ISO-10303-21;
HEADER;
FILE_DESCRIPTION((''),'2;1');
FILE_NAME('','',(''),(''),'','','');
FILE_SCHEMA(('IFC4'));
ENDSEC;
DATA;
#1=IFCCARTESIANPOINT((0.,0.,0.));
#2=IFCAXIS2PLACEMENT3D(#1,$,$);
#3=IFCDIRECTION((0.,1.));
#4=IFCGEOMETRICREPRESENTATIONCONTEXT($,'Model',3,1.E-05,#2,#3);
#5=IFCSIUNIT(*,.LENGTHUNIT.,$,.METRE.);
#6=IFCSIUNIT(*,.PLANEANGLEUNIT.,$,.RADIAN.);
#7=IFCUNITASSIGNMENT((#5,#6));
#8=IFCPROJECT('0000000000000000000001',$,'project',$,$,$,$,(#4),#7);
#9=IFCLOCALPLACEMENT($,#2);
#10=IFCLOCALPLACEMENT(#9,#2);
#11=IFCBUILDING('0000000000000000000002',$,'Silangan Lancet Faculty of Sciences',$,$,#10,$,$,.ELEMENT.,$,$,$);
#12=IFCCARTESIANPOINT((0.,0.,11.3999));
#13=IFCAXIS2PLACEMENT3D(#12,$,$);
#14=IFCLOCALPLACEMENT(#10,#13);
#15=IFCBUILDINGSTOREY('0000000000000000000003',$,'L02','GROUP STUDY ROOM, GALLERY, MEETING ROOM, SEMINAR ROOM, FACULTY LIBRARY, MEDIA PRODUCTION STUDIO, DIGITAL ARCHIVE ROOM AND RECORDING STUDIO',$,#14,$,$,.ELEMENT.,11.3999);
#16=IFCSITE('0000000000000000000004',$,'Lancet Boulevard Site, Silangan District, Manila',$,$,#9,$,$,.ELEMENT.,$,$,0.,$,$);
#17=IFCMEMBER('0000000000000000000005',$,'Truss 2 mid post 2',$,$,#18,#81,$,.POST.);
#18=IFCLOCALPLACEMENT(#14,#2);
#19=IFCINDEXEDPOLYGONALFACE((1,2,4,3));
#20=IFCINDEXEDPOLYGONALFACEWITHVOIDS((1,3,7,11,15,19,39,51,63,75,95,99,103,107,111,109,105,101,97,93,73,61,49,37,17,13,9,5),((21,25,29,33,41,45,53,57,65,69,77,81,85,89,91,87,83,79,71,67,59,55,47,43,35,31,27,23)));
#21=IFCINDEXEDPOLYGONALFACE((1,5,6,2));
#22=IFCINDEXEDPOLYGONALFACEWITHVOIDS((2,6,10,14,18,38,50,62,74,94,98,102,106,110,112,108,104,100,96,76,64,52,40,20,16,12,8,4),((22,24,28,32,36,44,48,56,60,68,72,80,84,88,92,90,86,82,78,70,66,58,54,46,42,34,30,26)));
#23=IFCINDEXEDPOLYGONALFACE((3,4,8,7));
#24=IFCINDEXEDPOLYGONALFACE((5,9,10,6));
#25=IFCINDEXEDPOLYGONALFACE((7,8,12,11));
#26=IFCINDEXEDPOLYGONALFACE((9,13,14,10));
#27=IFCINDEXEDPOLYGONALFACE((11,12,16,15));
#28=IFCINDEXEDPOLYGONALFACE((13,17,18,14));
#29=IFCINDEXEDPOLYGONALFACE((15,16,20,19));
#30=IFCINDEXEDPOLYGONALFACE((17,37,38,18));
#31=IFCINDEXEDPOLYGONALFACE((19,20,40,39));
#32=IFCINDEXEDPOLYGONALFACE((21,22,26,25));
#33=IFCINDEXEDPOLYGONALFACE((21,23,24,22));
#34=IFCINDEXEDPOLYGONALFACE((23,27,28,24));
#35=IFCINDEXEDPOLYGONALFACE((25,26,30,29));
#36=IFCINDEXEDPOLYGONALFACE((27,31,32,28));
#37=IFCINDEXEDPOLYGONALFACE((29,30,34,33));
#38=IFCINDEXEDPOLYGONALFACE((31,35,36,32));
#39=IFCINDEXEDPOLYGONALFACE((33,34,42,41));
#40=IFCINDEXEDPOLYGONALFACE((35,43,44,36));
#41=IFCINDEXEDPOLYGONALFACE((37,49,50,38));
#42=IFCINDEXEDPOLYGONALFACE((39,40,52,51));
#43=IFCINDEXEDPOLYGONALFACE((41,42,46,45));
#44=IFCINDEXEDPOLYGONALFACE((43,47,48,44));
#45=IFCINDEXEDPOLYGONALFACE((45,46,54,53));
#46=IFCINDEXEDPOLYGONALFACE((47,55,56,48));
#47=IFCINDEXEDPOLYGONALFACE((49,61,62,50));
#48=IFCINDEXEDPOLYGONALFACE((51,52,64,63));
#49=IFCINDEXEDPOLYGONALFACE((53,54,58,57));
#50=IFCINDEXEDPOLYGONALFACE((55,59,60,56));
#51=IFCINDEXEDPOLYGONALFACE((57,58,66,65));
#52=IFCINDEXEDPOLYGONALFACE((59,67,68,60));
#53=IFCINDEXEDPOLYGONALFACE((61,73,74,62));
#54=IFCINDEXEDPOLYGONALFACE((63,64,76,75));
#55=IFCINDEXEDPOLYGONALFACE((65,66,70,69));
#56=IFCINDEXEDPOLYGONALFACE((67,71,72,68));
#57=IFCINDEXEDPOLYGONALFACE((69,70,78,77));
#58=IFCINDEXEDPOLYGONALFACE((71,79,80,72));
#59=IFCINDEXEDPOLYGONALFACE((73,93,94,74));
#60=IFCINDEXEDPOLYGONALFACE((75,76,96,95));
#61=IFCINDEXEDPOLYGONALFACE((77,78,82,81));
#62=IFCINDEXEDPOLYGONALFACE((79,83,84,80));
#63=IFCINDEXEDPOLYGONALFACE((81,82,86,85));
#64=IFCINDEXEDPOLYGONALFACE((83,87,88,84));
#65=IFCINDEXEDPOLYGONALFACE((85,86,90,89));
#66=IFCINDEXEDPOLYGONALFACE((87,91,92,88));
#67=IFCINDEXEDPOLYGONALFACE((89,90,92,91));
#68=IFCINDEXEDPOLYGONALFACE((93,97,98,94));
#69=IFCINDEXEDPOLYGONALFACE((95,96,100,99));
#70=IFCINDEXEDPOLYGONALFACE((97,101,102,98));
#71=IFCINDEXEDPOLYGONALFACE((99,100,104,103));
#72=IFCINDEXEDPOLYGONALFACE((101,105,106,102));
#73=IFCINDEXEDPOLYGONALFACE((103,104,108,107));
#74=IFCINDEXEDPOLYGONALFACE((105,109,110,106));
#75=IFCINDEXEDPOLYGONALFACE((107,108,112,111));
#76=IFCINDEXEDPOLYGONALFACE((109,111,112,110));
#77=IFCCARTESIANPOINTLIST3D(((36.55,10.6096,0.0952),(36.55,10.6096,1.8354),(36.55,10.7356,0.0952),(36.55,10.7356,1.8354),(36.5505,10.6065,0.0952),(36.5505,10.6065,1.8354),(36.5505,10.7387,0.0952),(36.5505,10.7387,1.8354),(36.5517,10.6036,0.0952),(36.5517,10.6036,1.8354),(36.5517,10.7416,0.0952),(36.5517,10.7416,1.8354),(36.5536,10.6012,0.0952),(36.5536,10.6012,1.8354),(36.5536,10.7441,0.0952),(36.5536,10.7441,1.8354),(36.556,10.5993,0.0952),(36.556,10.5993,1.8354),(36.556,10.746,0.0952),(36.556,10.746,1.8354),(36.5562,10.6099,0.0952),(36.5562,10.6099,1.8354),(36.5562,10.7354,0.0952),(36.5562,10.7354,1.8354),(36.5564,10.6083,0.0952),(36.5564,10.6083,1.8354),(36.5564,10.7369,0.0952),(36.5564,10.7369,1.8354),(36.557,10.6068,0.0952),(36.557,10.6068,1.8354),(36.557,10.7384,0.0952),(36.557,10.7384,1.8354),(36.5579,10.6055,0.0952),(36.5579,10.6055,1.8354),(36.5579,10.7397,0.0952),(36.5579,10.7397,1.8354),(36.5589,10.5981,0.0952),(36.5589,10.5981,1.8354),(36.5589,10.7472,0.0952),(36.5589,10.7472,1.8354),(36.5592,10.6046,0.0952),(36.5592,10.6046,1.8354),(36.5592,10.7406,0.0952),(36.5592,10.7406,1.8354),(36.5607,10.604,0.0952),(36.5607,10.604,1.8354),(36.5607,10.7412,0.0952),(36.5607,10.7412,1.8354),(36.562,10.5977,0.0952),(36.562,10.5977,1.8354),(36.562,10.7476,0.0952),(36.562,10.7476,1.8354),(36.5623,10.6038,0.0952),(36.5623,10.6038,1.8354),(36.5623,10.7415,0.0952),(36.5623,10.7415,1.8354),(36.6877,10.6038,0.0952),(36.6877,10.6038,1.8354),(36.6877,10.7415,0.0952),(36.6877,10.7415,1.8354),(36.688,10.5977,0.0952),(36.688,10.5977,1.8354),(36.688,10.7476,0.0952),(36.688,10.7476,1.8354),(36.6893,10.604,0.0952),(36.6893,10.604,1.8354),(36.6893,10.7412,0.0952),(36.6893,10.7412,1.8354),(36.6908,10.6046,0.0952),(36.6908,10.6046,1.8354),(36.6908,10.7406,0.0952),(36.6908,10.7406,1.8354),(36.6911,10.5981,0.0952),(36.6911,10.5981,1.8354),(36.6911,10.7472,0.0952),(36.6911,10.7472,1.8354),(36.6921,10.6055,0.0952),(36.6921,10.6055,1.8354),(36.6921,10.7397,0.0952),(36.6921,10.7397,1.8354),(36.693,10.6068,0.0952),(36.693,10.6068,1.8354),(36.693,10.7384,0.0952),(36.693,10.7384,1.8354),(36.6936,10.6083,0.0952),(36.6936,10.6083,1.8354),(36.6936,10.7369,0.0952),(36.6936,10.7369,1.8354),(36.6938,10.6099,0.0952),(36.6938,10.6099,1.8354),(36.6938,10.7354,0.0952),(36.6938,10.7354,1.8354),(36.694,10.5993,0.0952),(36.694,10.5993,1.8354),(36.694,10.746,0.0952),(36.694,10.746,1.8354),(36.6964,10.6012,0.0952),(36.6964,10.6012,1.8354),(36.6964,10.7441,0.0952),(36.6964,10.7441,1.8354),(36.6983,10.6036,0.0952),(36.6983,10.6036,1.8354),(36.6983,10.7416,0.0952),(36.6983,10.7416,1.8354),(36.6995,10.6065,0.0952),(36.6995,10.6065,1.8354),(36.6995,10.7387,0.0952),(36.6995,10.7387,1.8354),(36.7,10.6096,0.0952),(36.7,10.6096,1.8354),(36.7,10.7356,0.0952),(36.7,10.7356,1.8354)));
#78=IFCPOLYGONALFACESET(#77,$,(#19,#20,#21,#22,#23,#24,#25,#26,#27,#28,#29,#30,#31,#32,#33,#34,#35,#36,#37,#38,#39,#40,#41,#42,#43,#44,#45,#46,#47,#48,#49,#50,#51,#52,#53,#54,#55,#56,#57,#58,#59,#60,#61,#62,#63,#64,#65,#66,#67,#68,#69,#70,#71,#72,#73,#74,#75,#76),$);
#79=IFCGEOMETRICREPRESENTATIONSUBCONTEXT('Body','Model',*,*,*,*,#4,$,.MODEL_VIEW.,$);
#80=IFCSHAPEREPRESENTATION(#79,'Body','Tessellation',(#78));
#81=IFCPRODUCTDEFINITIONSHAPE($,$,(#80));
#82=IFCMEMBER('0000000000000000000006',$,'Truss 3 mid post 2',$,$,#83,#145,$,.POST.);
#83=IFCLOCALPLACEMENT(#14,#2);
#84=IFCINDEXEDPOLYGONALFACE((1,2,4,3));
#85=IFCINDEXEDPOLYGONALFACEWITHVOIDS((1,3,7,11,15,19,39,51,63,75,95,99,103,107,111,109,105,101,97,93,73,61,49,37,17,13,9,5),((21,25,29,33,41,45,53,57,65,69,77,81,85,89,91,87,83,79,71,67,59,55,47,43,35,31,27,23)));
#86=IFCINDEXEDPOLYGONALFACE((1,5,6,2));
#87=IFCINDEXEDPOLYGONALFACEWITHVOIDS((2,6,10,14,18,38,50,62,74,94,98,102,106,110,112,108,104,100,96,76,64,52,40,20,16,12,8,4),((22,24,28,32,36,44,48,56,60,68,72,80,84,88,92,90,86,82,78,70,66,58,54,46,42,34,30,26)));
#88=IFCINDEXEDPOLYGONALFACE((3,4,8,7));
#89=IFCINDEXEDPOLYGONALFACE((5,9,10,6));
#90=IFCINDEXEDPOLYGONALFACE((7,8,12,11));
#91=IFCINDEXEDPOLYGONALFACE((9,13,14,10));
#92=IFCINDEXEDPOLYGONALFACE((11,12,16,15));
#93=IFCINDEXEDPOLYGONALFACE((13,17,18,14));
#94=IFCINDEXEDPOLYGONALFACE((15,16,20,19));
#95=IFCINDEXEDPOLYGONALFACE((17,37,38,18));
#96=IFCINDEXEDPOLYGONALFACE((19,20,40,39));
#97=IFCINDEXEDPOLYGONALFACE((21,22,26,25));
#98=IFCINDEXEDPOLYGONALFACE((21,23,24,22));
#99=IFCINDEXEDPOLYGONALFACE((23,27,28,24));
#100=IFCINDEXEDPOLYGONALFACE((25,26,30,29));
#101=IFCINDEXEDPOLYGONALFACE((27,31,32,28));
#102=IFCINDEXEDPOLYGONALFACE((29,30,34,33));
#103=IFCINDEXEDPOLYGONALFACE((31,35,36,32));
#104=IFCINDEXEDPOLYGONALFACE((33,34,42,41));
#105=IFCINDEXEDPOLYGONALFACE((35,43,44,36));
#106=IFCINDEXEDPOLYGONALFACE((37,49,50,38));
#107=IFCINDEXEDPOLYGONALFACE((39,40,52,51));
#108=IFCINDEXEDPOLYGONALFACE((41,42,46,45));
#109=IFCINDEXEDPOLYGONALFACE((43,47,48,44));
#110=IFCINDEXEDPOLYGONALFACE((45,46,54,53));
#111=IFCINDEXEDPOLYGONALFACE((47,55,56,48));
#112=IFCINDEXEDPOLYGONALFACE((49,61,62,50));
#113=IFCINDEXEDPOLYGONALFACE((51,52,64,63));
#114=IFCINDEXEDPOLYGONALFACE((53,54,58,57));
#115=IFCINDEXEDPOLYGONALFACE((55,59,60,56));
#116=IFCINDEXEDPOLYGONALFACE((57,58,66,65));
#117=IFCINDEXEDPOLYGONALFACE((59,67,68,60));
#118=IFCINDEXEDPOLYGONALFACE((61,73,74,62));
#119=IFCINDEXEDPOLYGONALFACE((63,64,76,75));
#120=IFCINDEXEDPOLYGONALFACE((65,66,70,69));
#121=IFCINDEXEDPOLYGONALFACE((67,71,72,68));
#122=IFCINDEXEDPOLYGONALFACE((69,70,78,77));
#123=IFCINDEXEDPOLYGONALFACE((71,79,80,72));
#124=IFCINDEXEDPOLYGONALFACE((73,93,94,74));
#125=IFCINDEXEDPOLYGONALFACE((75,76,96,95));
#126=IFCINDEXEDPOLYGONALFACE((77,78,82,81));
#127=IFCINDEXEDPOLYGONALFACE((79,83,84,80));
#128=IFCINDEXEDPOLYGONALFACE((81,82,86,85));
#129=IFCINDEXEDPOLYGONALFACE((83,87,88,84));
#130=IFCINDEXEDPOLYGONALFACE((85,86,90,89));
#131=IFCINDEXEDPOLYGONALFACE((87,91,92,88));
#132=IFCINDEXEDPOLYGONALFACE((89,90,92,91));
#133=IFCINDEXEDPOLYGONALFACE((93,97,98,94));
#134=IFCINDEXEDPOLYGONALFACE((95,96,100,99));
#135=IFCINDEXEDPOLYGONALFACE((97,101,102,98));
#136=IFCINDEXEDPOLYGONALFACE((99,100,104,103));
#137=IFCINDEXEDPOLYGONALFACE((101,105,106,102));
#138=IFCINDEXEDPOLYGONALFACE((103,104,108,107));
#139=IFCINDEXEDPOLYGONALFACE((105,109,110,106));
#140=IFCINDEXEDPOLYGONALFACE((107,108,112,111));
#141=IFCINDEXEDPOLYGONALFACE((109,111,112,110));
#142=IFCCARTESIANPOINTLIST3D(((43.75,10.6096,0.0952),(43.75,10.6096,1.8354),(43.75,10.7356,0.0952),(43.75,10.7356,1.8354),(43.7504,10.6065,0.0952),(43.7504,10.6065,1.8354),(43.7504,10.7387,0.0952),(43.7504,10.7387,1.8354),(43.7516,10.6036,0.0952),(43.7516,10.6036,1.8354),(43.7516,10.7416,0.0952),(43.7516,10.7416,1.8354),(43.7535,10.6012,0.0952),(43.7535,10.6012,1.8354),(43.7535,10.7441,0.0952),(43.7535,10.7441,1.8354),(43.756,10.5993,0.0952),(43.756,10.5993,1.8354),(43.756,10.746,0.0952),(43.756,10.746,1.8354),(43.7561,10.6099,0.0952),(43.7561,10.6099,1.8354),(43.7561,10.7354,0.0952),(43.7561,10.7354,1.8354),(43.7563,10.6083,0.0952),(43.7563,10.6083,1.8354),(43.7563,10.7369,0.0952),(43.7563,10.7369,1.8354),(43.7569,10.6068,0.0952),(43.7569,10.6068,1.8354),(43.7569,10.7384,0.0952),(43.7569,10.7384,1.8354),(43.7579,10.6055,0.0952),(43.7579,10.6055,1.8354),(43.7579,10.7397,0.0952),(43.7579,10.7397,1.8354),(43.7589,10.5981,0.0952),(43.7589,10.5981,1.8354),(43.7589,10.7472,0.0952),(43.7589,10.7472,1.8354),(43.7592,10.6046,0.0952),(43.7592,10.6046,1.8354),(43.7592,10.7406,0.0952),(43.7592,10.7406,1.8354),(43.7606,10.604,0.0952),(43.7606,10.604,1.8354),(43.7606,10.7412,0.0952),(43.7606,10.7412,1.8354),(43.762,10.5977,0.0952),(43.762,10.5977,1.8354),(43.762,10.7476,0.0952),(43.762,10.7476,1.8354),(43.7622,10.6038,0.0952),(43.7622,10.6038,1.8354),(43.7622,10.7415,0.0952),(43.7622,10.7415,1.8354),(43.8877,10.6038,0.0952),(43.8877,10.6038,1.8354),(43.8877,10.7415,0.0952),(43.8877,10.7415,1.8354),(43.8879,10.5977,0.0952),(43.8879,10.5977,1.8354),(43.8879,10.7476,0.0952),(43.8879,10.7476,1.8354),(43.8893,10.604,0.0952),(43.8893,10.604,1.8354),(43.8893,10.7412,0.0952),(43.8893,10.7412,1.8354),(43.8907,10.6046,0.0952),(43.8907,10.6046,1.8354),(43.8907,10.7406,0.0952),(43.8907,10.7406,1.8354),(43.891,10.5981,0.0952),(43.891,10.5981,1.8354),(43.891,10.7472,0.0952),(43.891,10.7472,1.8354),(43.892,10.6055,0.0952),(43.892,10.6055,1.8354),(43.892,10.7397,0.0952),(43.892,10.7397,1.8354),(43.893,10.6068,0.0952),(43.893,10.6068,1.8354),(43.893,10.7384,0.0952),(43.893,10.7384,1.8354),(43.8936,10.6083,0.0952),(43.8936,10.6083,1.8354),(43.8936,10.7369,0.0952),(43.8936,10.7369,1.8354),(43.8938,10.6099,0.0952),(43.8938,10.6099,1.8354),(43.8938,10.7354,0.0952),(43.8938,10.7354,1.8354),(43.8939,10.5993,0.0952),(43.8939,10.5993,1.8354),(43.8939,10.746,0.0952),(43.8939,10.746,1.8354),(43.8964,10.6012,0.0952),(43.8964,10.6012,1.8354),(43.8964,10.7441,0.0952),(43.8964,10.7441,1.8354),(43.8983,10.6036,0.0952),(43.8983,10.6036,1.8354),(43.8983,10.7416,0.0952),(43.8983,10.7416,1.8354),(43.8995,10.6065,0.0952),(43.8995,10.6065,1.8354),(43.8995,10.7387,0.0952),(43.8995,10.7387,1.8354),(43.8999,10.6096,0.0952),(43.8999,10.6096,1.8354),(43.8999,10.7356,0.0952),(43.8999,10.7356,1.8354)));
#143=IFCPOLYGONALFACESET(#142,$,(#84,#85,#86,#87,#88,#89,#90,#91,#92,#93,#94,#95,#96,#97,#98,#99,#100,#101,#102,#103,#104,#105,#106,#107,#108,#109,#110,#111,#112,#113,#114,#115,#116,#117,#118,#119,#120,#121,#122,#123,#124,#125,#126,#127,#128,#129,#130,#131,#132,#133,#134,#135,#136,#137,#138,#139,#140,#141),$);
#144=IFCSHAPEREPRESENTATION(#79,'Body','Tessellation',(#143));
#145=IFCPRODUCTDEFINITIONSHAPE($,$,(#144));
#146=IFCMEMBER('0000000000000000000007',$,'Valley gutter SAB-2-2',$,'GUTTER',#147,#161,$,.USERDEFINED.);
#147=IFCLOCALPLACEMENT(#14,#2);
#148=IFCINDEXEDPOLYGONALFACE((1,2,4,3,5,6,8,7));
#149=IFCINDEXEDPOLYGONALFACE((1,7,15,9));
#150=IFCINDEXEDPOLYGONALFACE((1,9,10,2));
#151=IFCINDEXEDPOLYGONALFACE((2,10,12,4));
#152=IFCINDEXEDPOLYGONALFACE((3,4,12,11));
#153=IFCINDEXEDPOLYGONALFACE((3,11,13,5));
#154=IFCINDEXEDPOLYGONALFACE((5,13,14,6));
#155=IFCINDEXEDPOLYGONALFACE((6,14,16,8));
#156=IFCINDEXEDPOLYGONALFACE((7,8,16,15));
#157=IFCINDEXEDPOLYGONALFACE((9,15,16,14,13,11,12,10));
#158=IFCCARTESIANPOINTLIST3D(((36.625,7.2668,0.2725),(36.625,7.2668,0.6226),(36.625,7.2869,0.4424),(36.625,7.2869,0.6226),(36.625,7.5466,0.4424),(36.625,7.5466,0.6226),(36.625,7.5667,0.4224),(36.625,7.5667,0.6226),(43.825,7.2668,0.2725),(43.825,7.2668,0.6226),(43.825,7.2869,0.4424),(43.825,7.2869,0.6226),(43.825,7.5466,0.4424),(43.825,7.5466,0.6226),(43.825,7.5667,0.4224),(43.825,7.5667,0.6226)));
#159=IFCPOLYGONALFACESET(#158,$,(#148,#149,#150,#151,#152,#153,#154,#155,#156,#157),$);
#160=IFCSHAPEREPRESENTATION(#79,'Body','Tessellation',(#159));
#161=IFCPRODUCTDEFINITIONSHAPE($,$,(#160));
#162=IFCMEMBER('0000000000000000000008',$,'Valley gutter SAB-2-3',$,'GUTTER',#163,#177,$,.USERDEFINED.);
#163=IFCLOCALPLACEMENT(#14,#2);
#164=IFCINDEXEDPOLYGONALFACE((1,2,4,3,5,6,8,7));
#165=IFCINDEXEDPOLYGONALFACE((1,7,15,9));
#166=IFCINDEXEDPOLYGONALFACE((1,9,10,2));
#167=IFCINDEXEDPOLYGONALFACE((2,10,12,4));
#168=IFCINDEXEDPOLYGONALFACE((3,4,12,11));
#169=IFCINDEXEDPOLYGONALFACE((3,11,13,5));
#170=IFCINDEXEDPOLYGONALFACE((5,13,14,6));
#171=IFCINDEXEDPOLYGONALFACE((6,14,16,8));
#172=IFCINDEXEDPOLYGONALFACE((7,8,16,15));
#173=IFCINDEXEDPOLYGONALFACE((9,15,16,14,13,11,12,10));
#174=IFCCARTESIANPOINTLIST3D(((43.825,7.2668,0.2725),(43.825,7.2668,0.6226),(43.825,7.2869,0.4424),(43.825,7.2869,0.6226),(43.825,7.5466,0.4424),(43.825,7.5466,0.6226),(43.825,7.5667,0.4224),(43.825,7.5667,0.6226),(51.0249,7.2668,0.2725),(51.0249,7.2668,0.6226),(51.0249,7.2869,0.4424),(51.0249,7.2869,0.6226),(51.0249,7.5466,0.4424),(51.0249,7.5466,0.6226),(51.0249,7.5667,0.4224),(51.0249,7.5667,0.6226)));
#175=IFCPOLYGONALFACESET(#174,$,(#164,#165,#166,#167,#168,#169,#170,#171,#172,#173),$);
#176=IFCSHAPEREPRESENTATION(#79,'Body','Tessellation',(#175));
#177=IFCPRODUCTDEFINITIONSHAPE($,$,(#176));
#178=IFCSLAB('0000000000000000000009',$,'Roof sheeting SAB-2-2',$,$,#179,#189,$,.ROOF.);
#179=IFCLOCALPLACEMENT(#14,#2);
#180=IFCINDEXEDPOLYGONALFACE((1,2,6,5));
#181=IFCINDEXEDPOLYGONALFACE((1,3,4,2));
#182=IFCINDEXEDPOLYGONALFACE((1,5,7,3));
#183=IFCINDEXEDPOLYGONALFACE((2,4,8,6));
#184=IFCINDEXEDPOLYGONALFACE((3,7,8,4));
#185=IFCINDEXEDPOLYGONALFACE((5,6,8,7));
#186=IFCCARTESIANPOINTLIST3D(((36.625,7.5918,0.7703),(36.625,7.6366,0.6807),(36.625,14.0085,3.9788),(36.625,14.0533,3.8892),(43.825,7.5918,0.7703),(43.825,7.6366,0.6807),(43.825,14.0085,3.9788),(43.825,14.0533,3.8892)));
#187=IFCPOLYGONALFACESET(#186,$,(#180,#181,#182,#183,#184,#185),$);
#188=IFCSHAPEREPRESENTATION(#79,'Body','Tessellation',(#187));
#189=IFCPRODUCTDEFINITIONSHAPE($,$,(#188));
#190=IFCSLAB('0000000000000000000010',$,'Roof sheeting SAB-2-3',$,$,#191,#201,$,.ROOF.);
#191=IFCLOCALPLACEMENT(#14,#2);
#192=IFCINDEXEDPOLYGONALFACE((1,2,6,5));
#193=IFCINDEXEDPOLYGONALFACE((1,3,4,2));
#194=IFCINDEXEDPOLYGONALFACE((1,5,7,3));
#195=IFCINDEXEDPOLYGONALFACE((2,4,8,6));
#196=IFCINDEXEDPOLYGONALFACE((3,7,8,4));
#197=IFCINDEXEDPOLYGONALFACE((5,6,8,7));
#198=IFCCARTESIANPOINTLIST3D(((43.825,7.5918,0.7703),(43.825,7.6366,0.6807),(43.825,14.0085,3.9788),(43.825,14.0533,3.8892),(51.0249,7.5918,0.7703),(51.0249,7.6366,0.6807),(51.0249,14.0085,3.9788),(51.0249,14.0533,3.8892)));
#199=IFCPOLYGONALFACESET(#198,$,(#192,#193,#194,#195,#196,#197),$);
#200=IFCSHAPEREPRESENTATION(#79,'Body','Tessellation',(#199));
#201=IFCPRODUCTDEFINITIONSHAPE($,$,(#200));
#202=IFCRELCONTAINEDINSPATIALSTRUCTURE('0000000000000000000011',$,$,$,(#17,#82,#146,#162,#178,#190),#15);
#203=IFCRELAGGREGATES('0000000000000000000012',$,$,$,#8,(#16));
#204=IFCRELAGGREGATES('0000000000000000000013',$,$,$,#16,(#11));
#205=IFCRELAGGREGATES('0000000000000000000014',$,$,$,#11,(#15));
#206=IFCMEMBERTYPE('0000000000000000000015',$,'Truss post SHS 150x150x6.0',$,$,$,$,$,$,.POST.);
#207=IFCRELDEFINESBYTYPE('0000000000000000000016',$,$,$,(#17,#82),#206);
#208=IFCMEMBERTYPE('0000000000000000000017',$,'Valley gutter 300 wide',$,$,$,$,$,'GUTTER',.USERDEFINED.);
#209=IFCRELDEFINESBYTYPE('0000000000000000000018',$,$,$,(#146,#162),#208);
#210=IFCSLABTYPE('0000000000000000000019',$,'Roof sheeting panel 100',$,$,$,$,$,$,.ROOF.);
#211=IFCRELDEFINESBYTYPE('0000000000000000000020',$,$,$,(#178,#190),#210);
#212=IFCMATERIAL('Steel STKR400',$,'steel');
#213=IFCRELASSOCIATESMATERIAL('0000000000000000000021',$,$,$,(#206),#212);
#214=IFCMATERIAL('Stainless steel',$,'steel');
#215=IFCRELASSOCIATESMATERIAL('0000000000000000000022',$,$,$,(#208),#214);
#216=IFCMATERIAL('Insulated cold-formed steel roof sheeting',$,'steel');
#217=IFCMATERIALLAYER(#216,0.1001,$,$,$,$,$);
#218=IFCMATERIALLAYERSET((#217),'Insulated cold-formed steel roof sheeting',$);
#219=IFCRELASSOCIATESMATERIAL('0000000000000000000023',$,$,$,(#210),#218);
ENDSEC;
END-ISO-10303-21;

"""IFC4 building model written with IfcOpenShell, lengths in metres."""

from ifc_helpers import new_model, si_unit, direction, frame, origin, origin_2d, place, context, subcontext, project, spatial, polyline, hollow_rectangle, outline, extrude, material, layer, layer_set, material_profile, profile_set, type_object, element, save


model = new_model("IFC4")

# Units and contexts
model_context = context("Model", 3, precision=1e-05, world=origin(), true_north=direction((0.0, 1.0)))
body_context = subcontext(model_context, "Body", "Model", "MODEL_VIEW")
ifc_project = project(units=[si_unit("LENGTHUNIT", "METRE"), si_unit("PLANEANGLEUNIT", "RADIAN")], contexts=[model_context])

# Site, building, storey
site_placement = place(None, origin())
site = spatial("IfcSite", under=ifc_project, at=site_placement, Name="Lancet Boulevard Site, Silangan District, Manila", CompositionType="ELEMENT", RefElevation=0.0)
building_placement = place(site_placement, origin())
building = spatial("IfcBuilding", under=site, at=building_placement, Name="Silangan Lancet Faculty of Sciences", CompositionType="ELEMENT")
storey_placement = place(building_placement, frame((0.0, 0.0, 11.3999)))
storey = spatial("IfcBuildingStorey", under=building, at=storey_placement, Name="L02", Description="GROUP STUDY ROOM, GALLERY, MEETING ROOM, SEMINAR ROOM, FACULTY LIBRARY, MEDIA PRODUCTION STUDIO, DIGITAL ARCHIVE ROOM AND RECORDING STUDIO", CompositionType="ELEMENT", Elevation=11.3999)

# Members
ifc_material_1 = material(Name="Steel STKR400", Category="steel")
ifc_material_profile_1 = material_profile(ifc_material_1, hollow_rectangle(XDim=0.1499, YDim=0.1499, WallThickness=0.0061, InnerFilletRadius=0.0061, OuterFilletRadius=0.012, at=origin_2d()), Name="SHS 150x150x6.0")
ifc_profile_set_1 = profile_set([ifc_material_profile_1], Name="Steel STKR400")
member_type_1 = type_object("IfcMemberType", Name="Truss post SHS 150x150x6.0", PredefinedType="POST", material=ifc_profile_set_1)
for number, where, z_axis, x_axis, name in (
    (1, (36.625, 10.6726, 0.0952), (0.0, 0.0, 1.0), (1.0, 0.0, 0.0), "Truss 2 mid post 2"),
    (2, (43.825, 10.6726, 0.0952), (0.0, 0.0, 1.0), (1.0, 0.0, 0.0), "Truss 3 mid post 2"),
):
    element("IfcMember", number, at=place(storey_placement, frame(where, z_axis=z_axis, x_axis=x_axis)), inside=storey, type_object=member_type_1, Name=name, PredefinedType="POST", context=body_context, shape_type="SweptSolid", body=[
        extrude(hollow_rectangle(XDim=0.1499, YDim=0.1499, WallThickness=0.0061, InnerFilletRadius=0.0061, OuterFilletRadius=0.012, at=origin_2d()), origin(), (0.0, 0.0, 1.0), 1.7402),
    ])
ifc_material_2 = material(Name="Stainless steel", Category="steel")
ifc_material_profile_2 = material_profile(ifc_material_2, outline(polyline([(-0.1499, 0.0), (0.1499, 0.1499), (0.1499, 0.3501), (0.1299, 0.3501), (0.1299, 0.1699), (-0.1299, 0.1699), (-0.1299, 0.3501), (-0.1499, 0.3501), (-0.1499, 0.0)])), Name="valley gutter")
ifc_profile_set_2 = profile_set([ifc_material_profile_2], Name="Stainless steel")
member_type_2 = type_object("IfcMemberType", Name="Valley gutter 300 wide", ElementType="GUTTER", PredefinedType="USERDEFINED", material=ifc_profile_set_2)
for number, where, z_axis, x_axis, name in (
    (3, (36.625, 7.4167, 0.2725), (1.0, 0.0, 0.0), (0.0, 1.0, 0.0), "Valley gutter SAB-2-2"),
    (4, (43.825, 7.4167, 0.2725), (1.0, 0.0, 0.0), (0.0, 1.0, 0.0), "Valley gutter SAB-2-3"),
):
    element("IfcMember", number, at=place(storey_placement, frame(where, z_axis=z_axis, x_axis=x_axis)), inside=storey, type_object=member_type_2, Name=name, ObjectType="GUTTER", PredefinedType="USERDEFINED", context=body_context, shape_type="SweptSolid", body=[
        extrude(outline(polyline([(-0.1499, 0.0), (0.1499, 0.1499), (0.1499, 0.3501), (0.1299, 0.3501), (0.1299, 0.1699), (-0.1299, 0.1699), (-0.1299, 0.3501), (-0.1499, 0.3501), (-0.1499, 0.0)])), origin(), (0.0, 0.0, 1.0), 7.2),
    ])

# Slabs
ifc_material_3 = material(Name="Insulated cold-formed steel roof sheeting", Category="steel")
ifc_layer = layer(ifc_material_3, 0.1001)
ifc_layer_set = layer_set([ifc_layer], Name="Insulated cold-formed steel roof sheeting")
slab_type = type_object("IfcSlabType", Name="Roof sheeting panel 100", PredefinedType="ROOF", material=ifc_layer_set)
for number, where, z_axis, x_axis, name in (
    (5, (36.625, 7.5918, 0.7703), (0.0, -0.447227, 0.89442), (1.0, 0.0, 0.0), "Roof sheeting SAB-2-2"),
    (6, (43.825, 7.5918, 0.7703), (0.0, -0.447227, 0.89442), (1.0, 0.0, 0.0), "Roof sheeting SAB-2-3"),
):
    element("IfcSlab", number, at=place(storey_placement, frame(where, z_axis=z_axis, x_axis=x_axis)), inside=storey, type_object=slab_type, Name=name, PredefinedType="ROOF", context=body_context, shape_type="SweptSolid", body=[
        extrude(outline(polyline([(0.0, 0.0), (7.2, 0.0), (7.2, 7.1742), (0.0, 7.1742), (0.0, 0.0)])), origin(), (0.0, 0.0, -1.0), 0.1001),
    ])

save(model, "model.ifc")
